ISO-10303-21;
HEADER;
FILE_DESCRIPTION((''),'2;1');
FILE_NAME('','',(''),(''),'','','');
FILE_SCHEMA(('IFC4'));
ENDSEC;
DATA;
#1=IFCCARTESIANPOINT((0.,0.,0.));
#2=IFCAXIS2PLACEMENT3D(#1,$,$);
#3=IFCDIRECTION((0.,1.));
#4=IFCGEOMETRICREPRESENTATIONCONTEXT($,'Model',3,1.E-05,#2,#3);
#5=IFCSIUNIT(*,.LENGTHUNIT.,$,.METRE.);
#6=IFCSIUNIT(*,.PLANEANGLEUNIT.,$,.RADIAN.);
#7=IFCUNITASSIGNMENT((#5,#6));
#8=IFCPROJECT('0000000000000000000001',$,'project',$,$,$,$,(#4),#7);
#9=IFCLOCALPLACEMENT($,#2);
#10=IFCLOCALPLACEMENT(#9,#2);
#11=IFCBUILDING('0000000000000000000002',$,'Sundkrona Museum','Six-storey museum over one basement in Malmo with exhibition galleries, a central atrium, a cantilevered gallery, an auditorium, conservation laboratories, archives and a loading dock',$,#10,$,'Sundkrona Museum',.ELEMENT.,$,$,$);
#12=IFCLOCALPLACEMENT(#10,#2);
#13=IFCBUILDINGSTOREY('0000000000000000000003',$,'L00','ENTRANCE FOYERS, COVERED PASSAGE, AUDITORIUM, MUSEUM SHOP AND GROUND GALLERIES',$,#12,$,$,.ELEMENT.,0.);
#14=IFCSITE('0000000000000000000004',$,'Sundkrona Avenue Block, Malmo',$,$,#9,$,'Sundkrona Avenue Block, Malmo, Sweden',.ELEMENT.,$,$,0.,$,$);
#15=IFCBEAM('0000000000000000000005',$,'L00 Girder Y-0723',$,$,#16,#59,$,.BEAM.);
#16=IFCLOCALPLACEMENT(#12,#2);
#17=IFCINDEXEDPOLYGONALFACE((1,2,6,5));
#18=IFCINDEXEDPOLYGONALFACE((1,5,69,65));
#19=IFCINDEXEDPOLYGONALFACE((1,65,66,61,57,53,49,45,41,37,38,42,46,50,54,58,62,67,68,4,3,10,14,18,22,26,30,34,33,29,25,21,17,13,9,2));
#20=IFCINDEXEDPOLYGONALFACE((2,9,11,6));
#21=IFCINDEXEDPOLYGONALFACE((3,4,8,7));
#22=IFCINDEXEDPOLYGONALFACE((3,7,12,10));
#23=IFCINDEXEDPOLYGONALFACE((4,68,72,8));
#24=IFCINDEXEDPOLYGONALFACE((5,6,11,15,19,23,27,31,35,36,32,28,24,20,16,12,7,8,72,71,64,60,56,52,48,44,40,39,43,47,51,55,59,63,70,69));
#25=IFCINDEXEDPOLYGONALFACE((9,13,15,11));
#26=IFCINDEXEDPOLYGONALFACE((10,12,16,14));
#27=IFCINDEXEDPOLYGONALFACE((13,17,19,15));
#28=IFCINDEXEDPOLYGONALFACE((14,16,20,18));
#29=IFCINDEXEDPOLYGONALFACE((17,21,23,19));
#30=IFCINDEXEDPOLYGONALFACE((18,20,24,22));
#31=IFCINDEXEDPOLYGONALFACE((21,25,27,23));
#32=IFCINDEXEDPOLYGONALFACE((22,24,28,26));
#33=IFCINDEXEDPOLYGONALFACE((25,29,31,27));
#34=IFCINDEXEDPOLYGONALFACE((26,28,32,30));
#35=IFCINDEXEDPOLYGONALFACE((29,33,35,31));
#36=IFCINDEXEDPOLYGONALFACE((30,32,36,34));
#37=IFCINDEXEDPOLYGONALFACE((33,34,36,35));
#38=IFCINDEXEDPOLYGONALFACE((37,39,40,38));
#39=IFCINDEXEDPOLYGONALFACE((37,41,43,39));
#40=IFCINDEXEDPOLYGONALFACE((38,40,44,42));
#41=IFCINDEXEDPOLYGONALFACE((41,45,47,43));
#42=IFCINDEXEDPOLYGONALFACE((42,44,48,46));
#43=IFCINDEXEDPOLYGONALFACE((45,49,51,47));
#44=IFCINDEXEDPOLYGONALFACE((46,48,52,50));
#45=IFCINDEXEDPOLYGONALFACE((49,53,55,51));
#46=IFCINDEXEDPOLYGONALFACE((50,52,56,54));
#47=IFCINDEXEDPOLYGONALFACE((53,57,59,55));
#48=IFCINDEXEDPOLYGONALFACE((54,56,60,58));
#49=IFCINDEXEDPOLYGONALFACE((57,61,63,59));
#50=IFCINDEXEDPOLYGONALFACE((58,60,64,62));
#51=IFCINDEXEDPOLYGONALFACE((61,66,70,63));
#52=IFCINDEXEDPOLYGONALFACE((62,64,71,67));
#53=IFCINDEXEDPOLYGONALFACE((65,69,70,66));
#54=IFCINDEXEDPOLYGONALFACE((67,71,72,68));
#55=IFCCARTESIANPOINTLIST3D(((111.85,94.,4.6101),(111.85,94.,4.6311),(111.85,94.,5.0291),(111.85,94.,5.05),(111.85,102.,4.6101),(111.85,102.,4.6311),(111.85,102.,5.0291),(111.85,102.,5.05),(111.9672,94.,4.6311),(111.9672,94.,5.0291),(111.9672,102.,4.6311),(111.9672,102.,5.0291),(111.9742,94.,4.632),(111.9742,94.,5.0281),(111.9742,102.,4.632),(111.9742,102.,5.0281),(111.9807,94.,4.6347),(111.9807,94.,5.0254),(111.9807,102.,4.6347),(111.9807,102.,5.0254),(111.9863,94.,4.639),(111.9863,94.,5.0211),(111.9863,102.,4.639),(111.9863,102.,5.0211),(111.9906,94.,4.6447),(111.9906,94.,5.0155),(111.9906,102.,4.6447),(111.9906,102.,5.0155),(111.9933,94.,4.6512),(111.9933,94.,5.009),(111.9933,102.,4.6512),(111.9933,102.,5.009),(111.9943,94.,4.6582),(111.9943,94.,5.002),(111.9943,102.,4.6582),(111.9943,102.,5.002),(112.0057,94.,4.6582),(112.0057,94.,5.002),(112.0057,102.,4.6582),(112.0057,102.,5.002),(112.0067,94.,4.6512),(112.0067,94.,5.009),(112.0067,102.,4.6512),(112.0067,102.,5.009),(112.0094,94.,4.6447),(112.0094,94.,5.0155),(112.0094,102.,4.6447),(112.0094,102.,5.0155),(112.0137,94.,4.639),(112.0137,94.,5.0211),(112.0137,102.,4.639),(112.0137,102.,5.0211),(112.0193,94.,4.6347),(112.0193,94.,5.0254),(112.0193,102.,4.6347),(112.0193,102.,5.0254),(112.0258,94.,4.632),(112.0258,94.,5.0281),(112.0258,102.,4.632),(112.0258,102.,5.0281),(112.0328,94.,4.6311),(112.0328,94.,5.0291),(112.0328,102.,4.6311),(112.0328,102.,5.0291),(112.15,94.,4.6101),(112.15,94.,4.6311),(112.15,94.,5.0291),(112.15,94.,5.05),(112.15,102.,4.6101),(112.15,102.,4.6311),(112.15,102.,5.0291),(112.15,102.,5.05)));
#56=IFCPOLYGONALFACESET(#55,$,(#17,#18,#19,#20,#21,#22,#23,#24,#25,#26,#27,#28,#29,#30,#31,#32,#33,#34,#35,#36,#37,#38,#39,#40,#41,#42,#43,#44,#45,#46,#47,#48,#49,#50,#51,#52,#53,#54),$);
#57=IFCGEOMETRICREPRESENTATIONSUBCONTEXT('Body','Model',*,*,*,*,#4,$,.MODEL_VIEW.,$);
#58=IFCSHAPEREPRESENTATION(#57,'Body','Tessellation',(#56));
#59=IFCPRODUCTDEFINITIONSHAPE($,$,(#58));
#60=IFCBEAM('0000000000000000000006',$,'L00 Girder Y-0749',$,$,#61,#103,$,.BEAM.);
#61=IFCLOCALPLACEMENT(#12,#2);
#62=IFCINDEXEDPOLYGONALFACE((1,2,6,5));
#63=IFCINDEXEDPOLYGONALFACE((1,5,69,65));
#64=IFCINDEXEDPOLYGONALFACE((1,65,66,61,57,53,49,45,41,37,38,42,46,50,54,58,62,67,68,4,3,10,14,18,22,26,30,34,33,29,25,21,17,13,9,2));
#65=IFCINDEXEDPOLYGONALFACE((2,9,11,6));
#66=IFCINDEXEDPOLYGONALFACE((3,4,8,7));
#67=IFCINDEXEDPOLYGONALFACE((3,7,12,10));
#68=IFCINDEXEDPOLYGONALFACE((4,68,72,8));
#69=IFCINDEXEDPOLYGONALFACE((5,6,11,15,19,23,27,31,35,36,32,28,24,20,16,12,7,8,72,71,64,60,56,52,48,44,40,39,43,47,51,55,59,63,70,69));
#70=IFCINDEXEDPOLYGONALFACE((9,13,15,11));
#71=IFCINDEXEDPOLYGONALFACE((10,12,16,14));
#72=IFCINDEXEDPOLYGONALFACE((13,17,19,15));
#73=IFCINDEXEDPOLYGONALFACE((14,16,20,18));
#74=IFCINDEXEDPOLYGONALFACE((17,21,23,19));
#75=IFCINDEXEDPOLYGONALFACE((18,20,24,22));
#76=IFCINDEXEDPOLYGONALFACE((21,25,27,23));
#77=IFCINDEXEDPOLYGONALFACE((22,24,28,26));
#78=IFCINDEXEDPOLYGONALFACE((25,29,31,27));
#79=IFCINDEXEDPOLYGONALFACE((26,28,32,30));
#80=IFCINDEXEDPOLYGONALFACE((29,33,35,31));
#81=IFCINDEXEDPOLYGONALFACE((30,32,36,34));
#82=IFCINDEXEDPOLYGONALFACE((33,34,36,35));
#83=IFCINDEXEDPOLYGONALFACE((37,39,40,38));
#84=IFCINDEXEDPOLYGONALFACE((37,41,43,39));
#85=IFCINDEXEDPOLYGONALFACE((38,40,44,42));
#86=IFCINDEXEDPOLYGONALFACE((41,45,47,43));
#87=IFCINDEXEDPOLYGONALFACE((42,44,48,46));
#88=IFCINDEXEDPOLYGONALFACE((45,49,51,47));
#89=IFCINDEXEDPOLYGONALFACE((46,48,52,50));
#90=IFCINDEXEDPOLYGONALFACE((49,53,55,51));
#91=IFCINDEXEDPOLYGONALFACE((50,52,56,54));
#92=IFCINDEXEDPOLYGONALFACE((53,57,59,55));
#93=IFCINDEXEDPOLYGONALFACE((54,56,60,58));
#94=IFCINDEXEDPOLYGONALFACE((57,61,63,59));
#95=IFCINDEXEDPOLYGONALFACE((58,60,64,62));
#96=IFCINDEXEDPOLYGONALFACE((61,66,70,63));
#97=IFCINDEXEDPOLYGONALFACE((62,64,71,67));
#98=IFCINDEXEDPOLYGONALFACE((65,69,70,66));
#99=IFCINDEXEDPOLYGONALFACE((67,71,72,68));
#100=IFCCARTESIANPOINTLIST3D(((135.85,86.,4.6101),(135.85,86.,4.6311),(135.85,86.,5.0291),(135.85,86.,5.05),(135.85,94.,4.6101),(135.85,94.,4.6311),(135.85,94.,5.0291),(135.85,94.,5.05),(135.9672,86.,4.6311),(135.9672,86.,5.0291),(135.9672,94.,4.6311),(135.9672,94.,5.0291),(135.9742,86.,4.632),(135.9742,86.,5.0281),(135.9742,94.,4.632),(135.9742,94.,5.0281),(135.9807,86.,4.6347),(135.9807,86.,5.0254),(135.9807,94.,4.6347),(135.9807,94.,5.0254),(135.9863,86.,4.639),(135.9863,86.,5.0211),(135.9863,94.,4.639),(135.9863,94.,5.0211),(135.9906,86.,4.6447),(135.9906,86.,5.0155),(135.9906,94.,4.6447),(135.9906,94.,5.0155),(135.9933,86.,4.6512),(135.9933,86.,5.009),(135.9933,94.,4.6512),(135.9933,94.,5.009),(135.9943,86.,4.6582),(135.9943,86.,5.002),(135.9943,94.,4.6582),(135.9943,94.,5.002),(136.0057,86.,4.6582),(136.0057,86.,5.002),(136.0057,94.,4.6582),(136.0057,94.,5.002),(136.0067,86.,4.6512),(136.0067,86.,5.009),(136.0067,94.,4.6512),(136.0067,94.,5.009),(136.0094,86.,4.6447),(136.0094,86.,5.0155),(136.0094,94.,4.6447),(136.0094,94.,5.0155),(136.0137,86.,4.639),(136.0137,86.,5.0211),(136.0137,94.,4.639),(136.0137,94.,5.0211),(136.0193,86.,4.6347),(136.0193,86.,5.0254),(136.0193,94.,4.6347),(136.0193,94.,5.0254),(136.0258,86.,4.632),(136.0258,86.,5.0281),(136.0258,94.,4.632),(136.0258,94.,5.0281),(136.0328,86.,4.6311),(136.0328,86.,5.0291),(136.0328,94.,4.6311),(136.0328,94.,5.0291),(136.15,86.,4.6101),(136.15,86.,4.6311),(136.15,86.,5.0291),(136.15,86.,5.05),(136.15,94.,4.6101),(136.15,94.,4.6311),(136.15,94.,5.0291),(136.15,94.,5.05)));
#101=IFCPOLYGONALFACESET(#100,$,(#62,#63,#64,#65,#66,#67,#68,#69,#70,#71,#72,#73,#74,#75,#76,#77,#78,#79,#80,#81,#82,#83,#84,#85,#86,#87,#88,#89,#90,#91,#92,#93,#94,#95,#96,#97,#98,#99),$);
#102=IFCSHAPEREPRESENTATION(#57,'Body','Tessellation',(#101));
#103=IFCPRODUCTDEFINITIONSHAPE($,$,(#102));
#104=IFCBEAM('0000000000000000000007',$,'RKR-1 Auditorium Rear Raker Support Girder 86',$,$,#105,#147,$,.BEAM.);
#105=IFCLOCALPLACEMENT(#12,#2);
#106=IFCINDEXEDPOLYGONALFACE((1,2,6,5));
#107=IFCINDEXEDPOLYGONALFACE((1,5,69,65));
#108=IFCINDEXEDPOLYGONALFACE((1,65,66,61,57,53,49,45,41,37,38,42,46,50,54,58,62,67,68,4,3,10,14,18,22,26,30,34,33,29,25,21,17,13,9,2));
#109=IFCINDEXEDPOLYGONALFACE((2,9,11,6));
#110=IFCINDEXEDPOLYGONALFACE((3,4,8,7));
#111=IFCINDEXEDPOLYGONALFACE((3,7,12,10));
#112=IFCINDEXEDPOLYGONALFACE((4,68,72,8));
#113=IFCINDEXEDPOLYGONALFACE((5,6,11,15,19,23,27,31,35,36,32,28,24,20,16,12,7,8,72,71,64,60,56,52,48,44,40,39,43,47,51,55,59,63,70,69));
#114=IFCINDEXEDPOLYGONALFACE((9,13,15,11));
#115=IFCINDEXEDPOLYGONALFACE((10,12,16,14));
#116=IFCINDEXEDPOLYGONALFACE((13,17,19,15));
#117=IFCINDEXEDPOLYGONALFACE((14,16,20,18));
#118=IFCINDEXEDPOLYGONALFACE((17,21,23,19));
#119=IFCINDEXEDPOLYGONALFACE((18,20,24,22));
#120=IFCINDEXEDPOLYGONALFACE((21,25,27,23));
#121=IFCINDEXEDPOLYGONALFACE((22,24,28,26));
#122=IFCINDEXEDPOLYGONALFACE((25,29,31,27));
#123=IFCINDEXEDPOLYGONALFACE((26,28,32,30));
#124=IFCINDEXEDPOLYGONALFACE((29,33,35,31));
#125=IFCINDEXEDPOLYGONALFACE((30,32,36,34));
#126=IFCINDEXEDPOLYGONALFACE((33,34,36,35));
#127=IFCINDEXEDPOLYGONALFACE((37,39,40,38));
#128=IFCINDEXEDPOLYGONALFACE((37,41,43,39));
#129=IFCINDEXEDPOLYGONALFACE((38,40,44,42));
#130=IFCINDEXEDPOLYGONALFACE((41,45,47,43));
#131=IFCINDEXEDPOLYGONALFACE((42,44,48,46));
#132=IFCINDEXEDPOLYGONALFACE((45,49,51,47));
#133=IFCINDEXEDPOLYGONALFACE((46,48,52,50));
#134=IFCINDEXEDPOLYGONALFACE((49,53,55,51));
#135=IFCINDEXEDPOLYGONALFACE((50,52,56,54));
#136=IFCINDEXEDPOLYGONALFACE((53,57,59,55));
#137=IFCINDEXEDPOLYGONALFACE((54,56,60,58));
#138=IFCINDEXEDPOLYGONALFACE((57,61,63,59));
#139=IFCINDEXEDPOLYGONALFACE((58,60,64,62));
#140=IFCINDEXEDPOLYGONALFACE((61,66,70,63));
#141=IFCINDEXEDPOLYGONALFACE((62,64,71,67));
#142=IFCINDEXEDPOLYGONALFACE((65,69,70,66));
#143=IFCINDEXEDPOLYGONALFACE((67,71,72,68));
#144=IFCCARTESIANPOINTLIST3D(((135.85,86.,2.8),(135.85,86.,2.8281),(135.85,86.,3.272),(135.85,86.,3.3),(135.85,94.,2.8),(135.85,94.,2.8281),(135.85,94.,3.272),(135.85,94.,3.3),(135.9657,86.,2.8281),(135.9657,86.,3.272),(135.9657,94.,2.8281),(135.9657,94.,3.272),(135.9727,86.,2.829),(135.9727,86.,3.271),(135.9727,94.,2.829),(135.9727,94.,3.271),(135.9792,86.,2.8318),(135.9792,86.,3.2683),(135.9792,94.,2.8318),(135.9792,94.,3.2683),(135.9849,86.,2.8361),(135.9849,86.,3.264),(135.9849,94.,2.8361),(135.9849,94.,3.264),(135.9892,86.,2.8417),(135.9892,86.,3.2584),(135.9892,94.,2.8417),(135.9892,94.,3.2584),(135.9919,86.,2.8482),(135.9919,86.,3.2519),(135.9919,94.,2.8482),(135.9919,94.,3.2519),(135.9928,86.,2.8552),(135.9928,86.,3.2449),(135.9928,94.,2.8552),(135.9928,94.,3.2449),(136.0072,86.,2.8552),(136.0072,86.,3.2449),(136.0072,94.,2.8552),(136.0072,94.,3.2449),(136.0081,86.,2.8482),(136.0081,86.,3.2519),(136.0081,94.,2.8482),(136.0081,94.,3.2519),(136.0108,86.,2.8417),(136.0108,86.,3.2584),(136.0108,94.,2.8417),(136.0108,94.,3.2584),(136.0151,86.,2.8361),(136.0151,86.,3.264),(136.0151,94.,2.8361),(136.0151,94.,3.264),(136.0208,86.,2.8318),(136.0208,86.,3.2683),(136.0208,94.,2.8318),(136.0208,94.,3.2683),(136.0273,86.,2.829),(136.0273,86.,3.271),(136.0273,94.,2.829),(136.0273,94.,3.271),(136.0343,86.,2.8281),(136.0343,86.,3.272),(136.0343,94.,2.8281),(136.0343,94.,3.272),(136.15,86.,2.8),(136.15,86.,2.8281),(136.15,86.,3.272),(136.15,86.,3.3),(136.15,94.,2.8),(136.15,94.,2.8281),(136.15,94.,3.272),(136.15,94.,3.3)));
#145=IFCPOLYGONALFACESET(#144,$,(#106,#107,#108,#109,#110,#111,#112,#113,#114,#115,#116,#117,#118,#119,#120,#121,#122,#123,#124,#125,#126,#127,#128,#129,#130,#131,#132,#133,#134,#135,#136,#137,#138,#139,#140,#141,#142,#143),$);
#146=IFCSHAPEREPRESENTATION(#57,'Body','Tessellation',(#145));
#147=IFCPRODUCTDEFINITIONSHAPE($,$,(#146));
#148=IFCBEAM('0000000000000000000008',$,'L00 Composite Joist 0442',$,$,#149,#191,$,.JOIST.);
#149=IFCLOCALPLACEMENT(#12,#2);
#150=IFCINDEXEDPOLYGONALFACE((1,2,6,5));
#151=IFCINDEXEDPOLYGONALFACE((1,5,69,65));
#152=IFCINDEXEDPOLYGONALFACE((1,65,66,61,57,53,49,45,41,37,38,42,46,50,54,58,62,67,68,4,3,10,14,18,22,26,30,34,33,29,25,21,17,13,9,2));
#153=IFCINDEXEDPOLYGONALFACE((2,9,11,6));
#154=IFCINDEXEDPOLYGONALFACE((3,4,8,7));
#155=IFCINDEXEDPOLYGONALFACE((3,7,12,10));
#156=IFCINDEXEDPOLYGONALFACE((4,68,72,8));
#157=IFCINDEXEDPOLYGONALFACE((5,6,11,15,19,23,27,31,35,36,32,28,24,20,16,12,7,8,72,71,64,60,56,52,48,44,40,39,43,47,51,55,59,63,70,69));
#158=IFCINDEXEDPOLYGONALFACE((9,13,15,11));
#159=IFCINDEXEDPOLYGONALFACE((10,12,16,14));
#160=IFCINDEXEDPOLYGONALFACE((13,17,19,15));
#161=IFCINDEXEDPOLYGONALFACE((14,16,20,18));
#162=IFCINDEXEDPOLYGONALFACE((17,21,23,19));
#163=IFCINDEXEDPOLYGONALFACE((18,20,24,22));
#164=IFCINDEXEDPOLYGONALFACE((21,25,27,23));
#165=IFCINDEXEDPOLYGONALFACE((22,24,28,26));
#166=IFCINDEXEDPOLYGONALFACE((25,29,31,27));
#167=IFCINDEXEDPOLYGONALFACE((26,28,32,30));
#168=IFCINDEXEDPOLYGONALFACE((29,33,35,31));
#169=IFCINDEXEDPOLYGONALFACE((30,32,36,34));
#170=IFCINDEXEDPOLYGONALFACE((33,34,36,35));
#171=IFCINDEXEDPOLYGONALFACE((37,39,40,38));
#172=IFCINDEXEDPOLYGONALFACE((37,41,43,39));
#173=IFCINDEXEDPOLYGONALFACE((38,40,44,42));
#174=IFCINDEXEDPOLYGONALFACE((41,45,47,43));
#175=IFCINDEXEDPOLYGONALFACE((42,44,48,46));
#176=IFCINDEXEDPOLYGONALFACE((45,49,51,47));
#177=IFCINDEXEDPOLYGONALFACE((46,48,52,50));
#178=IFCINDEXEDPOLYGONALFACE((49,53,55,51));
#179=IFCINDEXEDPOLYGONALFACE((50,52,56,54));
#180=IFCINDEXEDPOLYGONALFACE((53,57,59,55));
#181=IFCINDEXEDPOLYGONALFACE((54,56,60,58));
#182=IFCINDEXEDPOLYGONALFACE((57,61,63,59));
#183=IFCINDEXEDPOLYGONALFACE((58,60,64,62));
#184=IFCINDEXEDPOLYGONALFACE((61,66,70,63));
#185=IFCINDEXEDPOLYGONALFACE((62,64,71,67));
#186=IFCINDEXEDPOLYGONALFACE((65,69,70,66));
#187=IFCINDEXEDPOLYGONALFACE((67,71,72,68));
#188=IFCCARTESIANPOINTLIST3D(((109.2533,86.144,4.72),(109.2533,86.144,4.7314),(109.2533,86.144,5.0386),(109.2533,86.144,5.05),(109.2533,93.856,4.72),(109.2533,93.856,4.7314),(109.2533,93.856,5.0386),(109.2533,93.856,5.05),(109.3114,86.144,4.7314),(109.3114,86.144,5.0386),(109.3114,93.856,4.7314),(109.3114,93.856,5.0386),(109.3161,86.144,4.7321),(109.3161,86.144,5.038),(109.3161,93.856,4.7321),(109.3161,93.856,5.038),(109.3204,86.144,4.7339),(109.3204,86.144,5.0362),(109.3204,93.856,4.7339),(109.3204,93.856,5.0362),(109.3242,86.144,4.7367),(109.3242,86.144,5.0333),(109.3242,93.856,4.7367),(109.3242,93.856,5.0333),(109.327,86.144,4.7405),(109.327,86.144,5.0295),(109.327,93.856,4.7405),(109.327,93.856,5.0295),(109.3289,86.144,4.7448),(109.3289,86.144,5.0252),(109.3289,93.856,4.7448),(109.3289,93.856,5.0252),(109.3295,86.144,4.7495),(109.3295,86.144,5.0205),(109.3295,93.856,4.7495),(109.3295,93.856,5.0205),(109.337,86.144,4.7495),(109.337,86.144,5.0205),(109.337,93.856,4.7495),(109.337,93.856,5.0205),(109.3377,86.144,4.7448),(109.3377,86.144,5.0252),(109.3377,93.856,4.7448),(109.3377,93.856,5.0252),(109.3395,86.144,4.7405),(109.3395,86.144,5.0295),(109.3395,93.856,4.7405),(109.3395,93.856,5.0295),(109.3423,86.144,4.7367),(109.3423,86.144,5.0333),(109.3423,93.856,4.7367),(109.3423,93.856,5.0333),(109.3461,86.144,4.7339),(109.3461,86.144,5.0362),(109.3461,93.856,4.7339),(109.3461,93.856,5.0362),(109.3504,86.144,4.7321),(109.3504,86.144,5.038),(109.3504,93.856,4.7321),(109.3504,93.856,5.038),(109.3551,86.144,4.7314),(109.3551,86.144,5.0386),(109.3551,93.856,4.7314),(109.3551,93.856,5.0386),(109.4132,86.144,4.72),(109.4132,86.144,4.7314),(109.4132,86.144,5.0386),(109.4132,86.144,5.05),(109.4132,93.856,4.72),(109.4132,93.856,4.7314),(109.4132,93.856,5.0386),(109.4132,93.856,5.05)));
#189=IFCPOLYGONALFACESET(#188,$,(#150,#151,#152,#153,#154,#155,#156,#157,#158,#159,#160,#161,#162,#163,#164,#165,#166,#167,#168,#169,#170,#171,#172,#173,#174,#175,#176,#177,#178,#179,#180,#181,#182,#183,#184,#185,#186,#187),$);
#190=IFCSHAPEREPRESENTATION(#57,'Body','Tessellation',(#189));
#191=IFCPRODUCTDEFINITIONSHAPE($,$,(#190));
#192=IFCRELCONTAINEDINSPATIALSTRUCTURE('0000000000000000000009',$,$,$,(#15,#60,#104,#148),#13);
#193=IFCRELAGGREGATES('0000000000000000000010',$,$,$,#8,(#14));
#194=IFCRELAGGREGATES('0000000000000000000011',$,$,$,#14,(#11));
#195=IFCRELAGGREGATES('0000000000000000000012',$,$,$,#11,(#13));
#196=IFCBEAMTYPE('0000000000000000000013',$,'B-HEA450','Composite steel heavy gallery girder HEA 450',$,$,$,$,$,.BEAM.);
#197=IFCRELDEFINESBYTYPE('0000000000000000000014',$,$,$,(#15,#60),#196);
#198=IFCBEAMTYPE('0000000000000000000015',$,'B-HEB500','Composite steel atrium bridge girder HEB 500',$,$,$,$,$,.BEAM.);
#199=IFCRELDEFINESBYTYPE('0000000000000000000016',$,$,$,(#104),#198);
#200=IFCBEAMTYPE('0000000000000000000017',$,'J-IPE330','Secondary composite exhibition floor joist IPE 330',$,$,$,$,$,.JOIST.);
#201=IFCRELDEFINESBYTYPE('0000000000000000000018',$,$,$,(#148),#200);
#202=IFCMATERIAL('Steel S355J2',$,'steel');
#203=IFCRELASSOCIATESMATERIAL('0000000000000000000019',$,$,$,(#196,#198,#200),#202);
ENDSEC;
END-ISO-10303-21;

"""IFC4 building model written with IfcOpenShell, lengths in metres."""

from ifc_helpers import new_model, si_unit, direction, frame, origin, origin_2d, place, context, subcontext, project, spatial, i_section, extrude, material, material_profile, profile_set, type_object, element, save


model = new_model("IFC4")

# Units and contexts
model_context = context("Model", 3, precision=1e-05, world=origin(), true_north=direction((0.0, 1.0)))
body_context = subcontext(model_context, "Body", "Model", "MODEL_VIEW")
ifc_project = project(units=[si_unit("LENGTHUNIT", "METRE"), si_unit("PLANEANGLEUNIT", "RADIAN")], contexts=[model_context])

# Site, building, storey
site_placement = place(None, origin())
site = spatial("IfcSite", under=ifc_project, at=site_placement, Name="Sundkrona Avenue Block, Malmo", LongName="Sundkrona Avenue Block, Malmo, Sweden", CompositionType="ELEMENT", RefElevation=0.0)
building_placement = place(site_placement, origin())
building = spatial("IfcBuilding", under=site, at=building_placement, Name="Sundkrona Museum", Description="Six-storey museum over one basement in Malmo with exhibition galleries, a central atrium, a cantilevered gallery, an auditorium, conservation laboratories, archives and a loading dock", LongName="Sundkrona Museum", CompositionType="ELEMENT")
storey_placement = place(building_placement, origin())
storey = spatial("IfcBuildingStorey", under=building, at=storey_placement, Name="L00", Description="ENTRANCE FOYERS, COVERED PASSAGE, AUDITORIUM, MUSEUM SHOP AND GROUND GALLERIES", CompositionType="ELEMENT", Elevation=0.0)

# Shared definitions
ifc_material_1 = material(Name="Steel S355J2", Category="steel")

# Beams
ifc_material_profile_1 = material_profile(ifc_material_1, i_section(OverallWidth=0.3, OverallDepth=0.4399, WebThickness=0.0115, FlangeThickness=0.021, FilletRadius=0.0271, at=origin_2d()), Name="HEA 450")
ifc_profile_set_1 = profile_set([ifc_material_profile_1], Name="Steel S355J2")
beam_type_1 = type_object("IfcBeamType", Name="B-HEA450", Description="Composite steel heavy gallery girder HEA 450", PredefinedType="BEAM", material=ifc_profile_set_1)
for number, where, z_axis, x_axis, name in (
    (1, (112.0, 94.0, 4.8301), (0.0, 1.0, 0.0), (-1.0, 0.0, 0.0), "L00 Girder Y-0723"),
    (2, (136.0, 86.0, 4.8301), (0.0, 1.0, 0.0), (-1.0, 0.0, 0.0), "L00 Girder Y-0749"),
):
    element("IfcBeam", number, at=place(storey_placement, frame(where, z_axis=z_axis, x_axis=x_axis)), inside=storey, type_object=beam_type_1, Name=name, PredefinedType="BEAM", context=body_context, shape_type="SweptSolid", body=[
        extrude(i_section(OverallWidth=0.3, OverallDepth=0.4399, WebThickness=0.0115, FlangeThickness=0.021, FilletRadius=0.0271, at=origin_2d()), origin(), (0.0, 0.0, 1.0), 8.0),
    ])
ifc_material_profile_2 = material_profile(ifc_material_1, i_section(OverallWidth=0.3, OverallDepth=0.5, WebThickness=0.0144, FlangeThickness=0.0281, FilletRadius=0.0271, at=origin_2d()), Name="HEB 500")
ifc_profile_set_2 = profile_set([ifc_material_profile_2], Name="Steel S355J2")
beam_type_2 = type_object("IfcBeamType", Name="B-HEB500", Description="Composite steel atrium bridge girder HEB 500", PredefinedType="BEAM", material=ifc_profile_set_2)
beam_1_placement = place(storey_placement, frame((136.0, 86.0, 3.05), z_axis=(0.0, 1.0, 0.0), x_axis=(-1.0, 0.0, 0.0)))
element("IfcBeam", 3, at=beam_1_placement, inside=storey, type_object=beam_type_2, Name="RKR-1 Auditorium Rear Raker Support Girder 86", PredefinedType="BEAM", context=body_context, shape_type="SweptSolid", body=[
    extrude(i_section(OverallWidth=0.3, OverallDepth=0.5, WebThickness=0.0144, FlangeThickness=0.0281, FilletRadius=0.0271, at=origin_2d()), origin(), (0.0, 0.0, 1.0), 8.0),
])
ifc_material_profile_3 = material_profile(ifc_material_1, i_section(OverallWidth=0.1599, OverallDepth=0.3301, WebThickness=0.0076, FlangeThickness=0.0115, FilletRadius=0.0181, at=origin_2d()), Name="IPE 330")
ifc_profile_set_3 = profile_set([ifc_material_profile_3], Name="Steel S355J2")
beam_type_3 = type_object("IfcBeamType", Name="J-IPE330", Description="Secondary composite exhibition floor joist IPE 330", PredefinedType="JOIST", material=ifc_profile_set_3)
for number, where, z_axis, x_axis, name in (
    (4, (109.3333, 86.144, 4.885), (0.0, 1.0, 0.0), (-1.0, 0.0, 0.0), "L00 Composite Joist 0442"),
):
    element("IfcBeam", number, at=place(storey_placement, frame(where, z_axis=z_axis, x_axis=x_axis)), inside=storey, type_object=beam_type_3, Name=name, PredefinedType="JOIST", context=body_context, shape_type="SweptSolid", body=[
        extrude(i_section(OverallWidth=0.1599, OverallDepth=0.3301, WebThickness=0.0076, FlangeThickness=0.0115, FilletRadius=0.0181, at=origin_2d()), origin(), (0.0, 0.0, 1.0), 7.7119),
    ])

save(model, "model.ifc")
